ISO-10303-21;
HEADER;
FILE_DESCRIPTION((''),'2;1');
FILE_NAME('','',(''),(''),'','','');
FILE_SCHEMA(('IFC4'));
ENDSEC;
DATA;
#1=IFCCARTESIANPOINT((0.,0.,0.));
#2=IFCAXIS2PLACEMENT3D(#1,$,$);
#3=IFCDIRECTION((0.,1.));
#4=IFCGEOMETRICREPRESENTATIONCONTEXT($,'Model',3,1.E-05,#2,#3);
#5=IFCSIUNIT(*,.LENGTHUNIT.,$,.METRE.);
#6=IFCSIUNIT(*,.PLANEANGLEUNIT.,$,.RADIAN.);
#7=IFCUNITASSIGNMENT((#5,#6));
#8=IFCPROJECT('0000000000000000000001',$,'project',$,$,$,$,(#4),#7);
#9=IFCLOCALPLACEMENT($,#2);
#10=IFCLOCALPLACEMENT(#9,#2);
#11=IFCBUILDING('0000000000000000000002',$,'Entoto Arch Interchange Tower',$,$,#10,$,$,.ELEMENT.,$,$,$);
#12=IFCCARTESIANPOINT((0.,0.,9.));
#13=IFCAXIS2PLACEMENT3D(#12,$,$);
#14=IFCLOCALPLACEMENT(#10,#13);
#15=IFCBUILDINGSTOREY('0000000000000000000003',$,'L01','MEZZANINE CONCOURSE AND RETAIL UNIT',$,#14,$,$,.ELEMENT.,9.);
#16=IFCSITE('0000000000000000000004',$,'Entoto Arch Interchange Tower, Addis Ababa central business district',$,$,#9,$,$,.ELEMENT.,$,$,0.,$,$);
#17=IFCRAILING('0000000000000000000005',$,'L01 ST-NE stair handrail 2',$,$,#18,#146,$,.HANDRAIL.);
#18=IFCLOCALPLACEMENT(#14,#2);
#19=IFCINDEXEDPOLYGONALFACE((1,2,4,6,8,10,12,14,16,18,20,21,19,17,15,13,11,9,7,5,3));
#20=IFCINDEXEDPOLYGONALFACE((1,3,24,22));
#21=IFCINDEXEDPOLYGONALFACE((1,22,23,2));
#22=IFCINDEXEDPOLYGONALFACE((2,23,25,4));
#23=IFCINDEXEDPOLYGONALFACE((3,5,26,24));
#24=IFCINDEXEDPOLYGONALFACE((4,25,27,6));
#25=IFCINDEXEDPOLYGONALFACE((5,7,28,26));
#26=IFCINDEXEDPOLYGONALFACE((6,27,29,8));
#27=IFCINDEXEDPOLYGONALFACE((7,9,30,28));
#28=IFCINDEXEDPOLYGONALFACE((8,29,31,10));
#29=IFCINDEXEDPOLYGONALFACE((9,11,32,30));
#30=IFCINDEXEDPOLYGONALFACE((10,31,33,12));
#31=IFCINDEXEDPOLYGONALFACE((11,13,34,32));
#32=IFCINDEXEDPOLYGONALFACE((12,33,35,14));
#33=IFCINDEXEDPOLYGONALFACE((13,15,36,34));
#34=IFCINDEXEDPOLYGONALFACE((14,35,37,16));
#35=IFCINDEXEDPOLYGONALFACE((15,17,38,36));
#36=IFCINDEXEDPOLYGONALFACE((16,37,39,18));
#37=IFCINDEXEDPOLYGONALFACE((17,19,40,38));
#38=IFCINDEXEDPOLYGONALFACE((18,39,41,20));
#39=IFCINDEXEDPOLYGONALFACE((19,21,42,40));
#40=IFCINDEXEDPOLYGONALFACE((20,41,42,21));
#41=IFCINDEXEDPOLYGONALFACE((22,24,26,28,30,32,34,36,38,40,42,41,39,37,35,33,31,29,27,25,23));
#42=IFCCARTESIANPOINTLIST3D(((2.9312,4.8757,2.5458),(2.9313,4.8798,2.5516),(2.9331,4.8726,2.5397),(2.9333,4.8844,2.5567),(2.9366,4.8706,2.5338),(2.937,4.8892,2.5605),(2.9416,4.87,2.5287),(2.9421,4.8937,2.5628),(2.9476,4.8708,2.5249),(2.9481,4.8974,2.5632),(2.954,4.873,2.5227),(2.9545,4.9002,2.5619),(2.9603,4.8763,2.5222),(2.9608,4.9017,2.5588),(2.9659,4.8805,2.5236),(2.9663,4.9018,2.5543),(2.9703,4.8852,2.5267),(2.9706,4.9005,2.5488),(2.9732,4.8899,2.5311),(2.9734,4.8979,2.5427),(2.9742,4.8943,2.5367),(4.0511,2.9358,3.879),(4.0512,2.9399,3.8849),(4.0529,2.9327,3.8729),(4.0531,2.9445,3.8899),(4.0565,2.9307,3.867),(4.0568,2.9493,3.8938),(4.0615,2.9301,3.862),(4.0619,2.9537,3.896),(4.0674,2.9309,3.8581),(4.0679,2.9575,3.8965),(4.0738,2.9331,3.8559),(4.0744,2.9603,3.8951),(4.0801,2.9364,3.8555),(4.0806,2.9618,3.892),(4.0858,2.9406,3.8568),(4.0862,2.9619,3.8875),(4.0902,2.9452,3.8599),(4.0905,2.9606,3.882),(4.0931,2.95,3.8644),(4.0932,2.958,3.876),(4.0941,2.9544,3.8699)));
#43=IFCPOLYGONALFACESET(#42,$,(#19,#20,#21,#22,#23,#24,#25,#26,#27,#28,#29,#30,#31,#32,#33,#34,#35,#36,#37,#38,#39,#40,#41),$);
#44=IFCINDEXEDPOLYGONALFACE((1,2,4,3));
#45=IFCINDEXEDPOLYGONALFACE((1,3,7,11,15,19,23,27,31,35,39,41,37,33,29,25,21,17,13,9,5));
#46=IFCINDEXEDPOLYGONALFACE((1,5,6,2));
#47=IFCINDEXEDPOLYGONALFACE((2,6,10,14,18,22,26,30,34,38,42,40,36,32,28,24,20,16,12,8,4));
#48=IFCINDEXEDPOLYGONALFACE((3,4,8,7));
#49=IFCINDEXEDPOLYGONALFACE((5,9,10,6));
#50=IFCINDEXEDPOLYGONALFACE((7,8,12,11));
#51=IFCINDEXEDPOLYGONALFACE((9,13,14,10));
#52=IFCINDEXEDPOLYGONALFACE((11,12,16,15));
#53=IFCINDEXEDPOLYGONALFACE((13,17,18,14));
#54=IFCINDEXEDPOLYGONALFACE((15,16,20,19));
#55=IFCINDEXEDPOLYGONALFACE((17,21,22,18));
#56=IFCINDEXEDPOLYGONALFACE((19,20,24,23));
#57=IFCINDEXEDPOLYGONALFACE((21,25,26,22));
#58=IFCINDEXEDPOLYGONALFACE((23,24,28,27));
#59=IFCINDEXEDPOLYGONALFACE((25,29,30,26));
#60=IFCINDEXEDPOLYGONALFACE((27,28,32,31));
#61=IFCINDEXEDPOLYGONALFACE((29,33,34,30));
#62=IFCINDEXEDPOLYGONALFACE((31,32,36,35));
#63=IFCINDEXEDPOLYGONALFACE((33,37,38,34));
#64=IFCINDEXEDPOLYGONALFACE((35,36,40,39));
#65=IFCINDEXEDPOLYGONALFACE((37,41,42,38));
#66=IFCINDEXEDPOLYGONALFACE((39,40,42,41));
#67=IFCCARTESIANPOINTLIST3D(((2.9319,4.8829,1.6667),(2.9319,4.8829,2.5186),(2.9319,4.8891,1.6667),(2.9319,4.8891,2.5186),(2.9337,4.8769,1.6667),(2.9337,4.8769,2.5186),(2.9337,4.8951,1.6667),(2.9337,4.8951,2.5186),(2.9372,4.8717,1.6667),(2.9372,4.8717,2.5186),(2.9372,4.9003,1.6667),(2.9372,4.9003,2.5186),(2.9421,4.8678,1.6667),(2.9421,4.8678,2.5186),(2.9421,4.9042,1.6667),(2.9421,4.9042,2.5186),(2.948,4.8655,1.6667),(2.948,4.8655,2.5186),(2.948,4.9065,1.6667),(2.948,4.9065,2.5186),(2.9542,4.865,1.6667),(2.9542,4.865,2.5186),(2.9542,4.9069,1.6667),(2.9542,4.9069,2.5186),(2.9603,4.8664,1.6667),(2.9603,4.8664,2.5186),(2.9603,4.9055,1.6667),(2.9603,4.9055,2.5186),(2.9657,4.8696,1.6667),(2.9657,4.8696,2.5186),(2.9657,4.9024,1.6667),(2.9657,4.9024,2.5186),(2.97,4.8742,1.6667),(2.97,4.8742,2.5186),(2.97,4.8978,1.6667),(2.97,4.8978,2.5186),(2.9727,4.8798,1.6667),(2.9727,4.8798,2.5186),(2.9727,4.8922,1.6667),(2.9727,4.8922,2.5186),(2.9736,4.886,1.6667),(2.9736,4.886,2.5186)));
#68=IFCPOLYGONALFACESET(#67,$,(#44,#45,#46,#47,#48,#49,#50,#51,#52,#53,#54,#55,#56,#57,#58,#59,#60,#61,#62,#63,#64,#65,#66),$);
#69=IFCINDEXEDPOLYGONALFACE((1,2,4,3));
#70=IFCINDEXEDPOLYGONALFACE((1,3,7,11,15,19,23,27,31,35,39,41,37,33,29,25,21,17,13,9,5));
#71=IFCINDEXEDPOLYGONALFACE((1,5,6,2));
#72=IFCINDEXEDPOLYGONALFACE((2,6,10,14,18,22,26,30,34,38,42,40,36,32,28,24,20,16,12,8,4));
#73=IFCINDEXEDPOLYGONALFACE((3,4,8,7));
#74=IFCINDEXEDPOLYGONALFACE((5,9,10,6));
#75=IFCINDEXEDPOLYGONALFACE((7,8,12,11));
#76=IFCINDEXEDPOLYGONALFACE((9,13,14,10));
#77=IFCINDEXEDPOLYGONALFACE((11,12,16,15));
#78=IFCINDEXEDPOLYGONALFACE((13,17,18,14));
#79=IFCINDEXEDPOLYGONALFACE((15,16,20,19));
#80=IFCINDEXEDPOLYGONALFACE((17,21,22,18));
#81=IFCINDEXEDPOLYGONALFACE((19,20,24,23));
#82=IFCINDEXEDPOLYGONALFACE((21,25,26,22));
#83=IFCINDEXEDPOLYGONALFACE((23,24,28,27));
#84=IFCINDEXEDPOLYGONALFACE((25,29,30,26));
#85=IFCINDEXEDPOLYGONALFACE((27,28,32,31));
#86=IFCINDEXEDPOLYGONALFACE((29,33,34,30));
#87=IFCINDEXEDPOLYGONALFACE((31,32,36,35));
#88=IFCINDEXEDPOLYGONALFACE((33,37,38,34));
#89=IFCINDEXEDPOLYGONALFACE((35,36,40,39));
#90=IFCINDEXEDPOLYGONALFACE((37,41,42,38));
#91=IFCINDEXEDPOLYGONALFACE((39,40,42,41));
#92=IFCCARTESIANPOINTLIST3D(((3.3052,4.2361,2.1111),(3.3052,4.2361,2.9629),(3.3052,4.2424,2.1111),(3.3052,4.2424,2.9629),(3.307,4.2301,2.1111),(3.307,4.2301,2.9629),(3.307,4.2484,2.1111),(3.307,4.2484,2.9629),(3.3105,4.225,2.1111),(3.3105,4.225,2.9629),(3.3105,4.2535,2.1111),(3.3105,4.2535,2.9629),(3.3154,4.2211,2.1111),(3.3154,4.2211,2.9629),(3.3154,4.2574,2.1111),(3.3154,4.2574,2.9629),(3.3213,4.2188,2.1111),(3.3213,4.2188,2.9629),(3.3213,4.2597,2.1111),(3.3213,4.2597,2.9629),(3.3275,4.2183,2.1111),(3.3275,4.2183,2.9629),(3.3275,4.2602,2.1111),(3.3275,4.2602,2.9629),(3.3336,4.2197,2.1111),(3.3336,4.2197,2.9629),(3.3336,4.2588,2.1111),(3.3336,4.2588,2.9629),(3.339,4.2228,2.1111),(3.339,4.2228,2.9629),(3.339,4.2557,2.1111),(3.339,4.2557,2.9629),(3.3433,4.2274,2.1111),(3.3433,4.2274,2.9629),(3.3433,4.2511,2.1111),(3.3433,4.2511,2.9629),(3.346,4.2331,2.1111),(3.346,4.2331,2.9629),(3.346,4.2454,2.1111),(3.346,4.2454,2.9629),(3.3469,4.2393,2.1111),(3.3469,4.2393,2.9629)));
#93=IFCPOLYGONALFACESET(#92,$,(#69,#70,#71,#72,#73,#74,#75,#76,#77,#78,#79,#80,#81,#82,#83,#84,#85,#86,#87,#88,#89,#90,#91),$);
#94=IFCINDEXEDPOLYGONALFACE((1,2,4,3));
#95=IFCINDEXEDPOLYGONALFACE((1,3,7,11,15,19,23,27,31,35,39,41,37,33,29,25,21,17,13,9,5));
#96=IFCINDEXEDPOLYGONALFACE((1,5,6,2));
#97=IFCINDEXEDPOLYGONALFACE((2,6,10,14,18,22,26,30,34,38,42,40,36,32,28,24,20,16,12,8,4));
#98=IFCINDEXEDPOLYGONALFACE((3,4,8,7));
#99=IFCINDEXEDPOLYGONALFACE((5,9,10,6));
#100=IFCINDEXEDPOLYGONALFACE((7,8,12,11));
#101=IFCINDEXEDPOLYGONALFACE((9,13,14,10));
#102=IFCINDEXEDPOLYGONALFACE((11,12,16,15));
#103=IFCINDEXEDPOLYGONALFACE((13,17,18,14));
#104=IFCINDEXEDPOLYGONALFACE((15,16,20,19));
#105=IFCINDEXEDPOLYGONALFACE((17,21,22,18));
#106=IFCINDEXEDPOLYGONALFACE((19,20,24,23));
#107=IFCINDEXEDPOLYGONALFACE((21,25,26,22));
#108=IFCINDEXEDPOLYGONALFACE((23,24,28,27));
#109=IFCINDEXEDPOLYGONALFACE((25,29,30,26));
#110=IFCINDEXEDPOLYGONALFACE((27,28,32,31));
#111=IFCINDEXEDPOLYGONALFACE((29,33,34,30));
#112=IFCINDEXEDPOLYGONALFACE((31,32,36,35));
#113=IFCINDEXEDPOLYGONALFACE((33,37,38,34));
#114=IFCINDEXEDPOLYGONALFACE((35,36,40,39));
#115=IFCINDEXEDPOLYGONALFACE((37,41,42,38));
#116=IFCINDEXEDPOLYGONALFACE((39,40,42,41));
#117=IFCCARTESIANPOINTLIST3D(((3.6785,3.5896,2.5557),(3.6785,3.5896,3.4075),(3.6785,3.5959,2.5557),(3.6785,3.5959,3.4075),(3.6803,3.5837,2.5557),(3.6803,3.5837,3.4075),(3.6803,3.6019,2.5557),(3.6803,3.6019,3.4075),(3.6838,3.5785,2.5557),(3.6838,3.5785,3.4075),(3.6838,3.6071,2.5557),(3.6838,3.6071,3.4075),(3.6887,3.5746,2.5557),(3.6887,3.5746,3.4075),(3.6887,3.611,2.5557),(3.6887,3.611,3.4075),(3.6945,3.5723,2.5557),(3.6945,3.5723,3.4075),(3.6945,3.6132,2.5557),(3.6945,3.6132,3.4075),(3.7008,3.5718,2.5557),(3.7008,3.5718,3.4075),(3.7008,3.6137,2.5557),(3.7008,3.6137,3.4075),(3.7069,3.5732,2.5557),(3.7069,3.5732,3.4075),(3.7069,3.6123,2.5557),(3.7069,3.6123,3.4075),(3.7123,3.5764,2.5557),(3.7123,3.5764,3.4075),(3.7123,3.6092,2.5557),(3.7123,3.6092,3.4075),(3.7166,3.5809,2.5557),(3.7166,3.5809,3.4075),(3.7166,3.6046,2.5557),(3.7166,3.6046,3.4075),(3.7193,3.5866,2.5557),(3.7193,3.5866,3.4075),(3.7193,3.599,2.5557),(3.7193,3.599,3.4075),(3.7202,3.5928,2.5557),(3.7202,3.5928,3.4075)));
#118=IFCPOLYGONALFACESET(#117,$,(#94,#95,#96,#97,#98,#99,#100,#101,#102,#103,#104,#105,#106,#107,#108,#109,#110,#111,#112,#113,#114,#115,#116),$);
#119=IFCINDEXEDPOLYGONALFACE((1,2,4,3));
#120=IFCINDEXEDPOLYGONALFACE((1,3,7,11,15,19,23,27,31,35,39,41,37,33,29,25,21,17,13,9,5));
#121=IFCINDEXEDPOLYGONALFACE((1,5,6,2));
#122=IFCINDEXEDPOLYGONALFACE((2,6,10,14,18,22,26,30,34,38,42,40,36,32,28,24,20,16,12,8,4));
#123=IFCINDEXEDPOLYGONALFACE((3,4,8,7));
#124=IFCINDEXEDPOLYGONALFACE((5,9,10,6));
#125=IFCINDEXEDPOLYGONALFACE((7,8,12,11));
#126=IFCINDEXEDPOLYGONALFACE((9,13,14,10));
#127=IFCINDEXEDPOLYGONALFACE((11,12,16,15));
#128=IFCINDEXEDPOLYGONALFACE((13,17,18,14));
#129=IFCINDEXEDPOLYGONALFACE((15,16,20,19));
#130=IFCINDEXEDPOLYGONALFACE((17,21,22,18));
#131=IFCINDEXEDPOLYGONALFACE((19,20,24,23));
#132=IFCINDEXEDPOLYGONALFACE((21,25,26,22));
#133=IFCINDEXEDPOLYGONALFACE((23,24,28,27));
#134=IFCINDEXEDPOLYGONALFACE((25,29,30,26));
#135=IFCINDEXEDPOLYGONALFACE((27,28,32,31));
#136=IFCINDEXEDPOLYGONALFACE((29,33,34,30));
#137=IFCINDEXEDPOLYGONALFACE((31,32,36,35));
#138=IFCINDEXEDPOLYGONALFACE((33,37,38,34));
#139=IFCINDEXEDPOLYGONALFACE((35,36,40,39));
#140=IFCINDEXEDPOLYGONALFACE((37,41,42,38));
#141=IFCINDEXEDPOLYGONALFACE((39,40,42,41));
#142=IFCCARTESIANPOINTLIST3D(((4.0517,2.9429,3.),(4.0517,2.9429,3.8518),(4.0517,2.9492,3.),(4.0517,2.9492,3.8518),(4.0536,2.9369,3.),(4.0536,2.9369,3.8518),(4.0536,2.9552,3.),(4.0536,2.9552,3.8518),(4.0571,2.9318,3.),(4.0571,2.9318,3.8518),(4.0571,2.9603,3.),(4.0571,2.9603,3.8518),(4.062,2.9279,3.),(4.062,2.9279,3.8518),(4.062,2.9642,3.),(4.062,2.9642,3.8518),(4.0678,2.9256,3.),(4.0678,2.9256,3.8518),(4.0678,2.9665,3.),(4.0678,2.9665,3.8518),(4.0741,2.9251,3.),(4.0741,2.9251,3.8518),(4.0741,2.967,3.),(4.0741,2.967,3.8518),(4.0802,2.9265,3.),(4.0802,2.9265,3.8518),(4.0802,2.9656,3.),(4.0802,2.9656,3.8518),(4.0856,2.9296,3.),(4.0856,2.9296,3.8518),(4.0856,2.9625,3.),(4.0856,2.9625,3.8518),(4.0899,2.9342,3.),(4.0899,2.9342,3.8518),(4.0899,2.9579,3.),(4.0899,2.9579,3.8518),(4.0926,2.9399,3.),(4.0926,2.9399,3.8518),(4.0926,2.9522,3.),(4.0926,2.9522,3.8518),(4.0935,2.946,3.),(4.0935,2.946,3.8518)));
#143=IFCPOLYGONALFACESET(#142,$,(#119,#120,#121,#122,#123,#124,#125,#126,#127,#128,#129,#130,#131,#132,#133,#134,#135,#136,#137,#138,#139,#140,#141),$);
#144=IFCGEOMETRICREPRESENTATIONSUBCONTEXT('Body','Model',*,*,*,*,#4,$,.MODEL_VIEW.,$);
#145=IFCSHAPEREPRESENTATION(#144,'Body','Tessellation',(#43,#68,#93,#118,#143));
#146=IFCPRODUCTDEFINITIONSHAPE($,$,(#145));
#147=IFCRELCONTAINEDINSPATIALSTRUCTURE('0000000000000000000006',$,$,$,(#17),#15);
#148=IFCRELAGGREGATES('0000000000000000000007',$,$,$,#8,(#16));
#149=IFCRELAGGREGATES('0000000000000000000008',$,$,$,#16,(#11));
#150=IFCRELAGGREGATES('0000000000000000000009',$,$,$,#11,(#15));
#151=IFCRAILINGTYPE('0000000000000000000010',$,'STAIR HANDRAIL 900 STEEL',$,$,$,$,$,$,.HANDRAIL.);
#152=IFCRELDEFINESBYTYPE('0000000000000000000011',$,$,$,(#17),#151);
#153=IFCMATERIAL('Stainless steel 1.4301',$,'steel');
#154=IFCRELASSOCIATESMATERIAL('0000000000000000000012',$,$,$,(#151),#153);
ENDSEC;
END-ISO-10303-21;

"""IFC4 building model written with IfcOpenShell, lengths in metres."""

from ifc_helpers import new_model, si_unit, direction, frame, origin, origin_2d, place, context, subcontext, project, spatial, circle, extrude, material, type_object, element, save


model = new_model("IFC4")

# Units and contexts
model_context = context("Model", 3, precision=1e-05, world=origin(), true_north=direction((0.0, 1.0)))
body_context = subcontext(model_context, "Body", "Model", "MODEL_VIEW")
ifc_project = project(units=[si_unit("LENGTHUNIT", "METRE"), si_unit("PLANEANGLEUNIT", "RADIAN")], contexts=[model_context])

# Site, building, storey
site_placement = place(None, origin())
site = spatial("IfcSite", under=ifc_project, at=site_placement, Name="Entoto Arch Interchange Tower, Addis Ababa central business district", CompositionType="ELEMENT", RefElevation=0.0)
building_placement = place(site_placement, origin())
building = spatial("IfcBuilding", under=site, at=building_placement, Name="Entoto Arch Interchange Tower", CompositionType="ELEMENT")
storey_placement = place(building_placement, frame((0.0, 0.0, 9.0)))
storey = spatial("IfcBuildingStorey", under=building, at=storey_placement, Name="L01", Description="MEZZANINE CONCOURSE AND RETAIL UNIT", CompositionType="ELEMENT", Elevation=9.0)

# Railing
ifc_material_1 = material(Name="Stainless steel 1.4301", Category="steel")
railing_type_1 = type_object("IfcRailingType", Name="STAIR HANDRAIL 900 STEEL", PredefinedType="HANDRAIL", material=ifc_material_1)
for number, where, name in (
    (1, (2.9526, 4.886, 1.6667), "L01 ST-NE stair handrail 2"),
):
    element("IfcRailing", number, at=place(storey_placement, frame(where)), inside=storey, type_object=railing_type_1, Name=name, PredefinedType="HANDRAIL", context=body_context, shape_type="SweptSolid", body=[
        extrude(circle(Radius=0.0239, at=origin_2d()), frame((0.0, 0.0, 0.876), z_axis=(0.429608, -0.744205, 0.511465), x_axis=(0.866055, 0.499949, 0.0)), (0.0, 0.0, 1.0), 2.6067),
        extrude(circle(Radius=0.021, at=origin_2d()), origin(), (0.0, 0.0, 1.0), 0.8518),
        extrude(circle(Radius=0.021, at=origin_2d()), frame((0.3733, -0.6467, 0.4443)), (0.0, 0.0, 1.0), 0.8518),
        extrude(circle(Radius=0.021, at=origin_2d()), frame((0.7466, -1.2932, 0.8889)), (0.0, 0.0, 1.0), 0.8518),
        extrude(circle(Radius=0.021, at=origin_2d()), frame((1.1199, -1.9399, 1.3333)), (0.0, 0.0, 1.0), 0.8518),
    ])

save(model, "model.ifc")
